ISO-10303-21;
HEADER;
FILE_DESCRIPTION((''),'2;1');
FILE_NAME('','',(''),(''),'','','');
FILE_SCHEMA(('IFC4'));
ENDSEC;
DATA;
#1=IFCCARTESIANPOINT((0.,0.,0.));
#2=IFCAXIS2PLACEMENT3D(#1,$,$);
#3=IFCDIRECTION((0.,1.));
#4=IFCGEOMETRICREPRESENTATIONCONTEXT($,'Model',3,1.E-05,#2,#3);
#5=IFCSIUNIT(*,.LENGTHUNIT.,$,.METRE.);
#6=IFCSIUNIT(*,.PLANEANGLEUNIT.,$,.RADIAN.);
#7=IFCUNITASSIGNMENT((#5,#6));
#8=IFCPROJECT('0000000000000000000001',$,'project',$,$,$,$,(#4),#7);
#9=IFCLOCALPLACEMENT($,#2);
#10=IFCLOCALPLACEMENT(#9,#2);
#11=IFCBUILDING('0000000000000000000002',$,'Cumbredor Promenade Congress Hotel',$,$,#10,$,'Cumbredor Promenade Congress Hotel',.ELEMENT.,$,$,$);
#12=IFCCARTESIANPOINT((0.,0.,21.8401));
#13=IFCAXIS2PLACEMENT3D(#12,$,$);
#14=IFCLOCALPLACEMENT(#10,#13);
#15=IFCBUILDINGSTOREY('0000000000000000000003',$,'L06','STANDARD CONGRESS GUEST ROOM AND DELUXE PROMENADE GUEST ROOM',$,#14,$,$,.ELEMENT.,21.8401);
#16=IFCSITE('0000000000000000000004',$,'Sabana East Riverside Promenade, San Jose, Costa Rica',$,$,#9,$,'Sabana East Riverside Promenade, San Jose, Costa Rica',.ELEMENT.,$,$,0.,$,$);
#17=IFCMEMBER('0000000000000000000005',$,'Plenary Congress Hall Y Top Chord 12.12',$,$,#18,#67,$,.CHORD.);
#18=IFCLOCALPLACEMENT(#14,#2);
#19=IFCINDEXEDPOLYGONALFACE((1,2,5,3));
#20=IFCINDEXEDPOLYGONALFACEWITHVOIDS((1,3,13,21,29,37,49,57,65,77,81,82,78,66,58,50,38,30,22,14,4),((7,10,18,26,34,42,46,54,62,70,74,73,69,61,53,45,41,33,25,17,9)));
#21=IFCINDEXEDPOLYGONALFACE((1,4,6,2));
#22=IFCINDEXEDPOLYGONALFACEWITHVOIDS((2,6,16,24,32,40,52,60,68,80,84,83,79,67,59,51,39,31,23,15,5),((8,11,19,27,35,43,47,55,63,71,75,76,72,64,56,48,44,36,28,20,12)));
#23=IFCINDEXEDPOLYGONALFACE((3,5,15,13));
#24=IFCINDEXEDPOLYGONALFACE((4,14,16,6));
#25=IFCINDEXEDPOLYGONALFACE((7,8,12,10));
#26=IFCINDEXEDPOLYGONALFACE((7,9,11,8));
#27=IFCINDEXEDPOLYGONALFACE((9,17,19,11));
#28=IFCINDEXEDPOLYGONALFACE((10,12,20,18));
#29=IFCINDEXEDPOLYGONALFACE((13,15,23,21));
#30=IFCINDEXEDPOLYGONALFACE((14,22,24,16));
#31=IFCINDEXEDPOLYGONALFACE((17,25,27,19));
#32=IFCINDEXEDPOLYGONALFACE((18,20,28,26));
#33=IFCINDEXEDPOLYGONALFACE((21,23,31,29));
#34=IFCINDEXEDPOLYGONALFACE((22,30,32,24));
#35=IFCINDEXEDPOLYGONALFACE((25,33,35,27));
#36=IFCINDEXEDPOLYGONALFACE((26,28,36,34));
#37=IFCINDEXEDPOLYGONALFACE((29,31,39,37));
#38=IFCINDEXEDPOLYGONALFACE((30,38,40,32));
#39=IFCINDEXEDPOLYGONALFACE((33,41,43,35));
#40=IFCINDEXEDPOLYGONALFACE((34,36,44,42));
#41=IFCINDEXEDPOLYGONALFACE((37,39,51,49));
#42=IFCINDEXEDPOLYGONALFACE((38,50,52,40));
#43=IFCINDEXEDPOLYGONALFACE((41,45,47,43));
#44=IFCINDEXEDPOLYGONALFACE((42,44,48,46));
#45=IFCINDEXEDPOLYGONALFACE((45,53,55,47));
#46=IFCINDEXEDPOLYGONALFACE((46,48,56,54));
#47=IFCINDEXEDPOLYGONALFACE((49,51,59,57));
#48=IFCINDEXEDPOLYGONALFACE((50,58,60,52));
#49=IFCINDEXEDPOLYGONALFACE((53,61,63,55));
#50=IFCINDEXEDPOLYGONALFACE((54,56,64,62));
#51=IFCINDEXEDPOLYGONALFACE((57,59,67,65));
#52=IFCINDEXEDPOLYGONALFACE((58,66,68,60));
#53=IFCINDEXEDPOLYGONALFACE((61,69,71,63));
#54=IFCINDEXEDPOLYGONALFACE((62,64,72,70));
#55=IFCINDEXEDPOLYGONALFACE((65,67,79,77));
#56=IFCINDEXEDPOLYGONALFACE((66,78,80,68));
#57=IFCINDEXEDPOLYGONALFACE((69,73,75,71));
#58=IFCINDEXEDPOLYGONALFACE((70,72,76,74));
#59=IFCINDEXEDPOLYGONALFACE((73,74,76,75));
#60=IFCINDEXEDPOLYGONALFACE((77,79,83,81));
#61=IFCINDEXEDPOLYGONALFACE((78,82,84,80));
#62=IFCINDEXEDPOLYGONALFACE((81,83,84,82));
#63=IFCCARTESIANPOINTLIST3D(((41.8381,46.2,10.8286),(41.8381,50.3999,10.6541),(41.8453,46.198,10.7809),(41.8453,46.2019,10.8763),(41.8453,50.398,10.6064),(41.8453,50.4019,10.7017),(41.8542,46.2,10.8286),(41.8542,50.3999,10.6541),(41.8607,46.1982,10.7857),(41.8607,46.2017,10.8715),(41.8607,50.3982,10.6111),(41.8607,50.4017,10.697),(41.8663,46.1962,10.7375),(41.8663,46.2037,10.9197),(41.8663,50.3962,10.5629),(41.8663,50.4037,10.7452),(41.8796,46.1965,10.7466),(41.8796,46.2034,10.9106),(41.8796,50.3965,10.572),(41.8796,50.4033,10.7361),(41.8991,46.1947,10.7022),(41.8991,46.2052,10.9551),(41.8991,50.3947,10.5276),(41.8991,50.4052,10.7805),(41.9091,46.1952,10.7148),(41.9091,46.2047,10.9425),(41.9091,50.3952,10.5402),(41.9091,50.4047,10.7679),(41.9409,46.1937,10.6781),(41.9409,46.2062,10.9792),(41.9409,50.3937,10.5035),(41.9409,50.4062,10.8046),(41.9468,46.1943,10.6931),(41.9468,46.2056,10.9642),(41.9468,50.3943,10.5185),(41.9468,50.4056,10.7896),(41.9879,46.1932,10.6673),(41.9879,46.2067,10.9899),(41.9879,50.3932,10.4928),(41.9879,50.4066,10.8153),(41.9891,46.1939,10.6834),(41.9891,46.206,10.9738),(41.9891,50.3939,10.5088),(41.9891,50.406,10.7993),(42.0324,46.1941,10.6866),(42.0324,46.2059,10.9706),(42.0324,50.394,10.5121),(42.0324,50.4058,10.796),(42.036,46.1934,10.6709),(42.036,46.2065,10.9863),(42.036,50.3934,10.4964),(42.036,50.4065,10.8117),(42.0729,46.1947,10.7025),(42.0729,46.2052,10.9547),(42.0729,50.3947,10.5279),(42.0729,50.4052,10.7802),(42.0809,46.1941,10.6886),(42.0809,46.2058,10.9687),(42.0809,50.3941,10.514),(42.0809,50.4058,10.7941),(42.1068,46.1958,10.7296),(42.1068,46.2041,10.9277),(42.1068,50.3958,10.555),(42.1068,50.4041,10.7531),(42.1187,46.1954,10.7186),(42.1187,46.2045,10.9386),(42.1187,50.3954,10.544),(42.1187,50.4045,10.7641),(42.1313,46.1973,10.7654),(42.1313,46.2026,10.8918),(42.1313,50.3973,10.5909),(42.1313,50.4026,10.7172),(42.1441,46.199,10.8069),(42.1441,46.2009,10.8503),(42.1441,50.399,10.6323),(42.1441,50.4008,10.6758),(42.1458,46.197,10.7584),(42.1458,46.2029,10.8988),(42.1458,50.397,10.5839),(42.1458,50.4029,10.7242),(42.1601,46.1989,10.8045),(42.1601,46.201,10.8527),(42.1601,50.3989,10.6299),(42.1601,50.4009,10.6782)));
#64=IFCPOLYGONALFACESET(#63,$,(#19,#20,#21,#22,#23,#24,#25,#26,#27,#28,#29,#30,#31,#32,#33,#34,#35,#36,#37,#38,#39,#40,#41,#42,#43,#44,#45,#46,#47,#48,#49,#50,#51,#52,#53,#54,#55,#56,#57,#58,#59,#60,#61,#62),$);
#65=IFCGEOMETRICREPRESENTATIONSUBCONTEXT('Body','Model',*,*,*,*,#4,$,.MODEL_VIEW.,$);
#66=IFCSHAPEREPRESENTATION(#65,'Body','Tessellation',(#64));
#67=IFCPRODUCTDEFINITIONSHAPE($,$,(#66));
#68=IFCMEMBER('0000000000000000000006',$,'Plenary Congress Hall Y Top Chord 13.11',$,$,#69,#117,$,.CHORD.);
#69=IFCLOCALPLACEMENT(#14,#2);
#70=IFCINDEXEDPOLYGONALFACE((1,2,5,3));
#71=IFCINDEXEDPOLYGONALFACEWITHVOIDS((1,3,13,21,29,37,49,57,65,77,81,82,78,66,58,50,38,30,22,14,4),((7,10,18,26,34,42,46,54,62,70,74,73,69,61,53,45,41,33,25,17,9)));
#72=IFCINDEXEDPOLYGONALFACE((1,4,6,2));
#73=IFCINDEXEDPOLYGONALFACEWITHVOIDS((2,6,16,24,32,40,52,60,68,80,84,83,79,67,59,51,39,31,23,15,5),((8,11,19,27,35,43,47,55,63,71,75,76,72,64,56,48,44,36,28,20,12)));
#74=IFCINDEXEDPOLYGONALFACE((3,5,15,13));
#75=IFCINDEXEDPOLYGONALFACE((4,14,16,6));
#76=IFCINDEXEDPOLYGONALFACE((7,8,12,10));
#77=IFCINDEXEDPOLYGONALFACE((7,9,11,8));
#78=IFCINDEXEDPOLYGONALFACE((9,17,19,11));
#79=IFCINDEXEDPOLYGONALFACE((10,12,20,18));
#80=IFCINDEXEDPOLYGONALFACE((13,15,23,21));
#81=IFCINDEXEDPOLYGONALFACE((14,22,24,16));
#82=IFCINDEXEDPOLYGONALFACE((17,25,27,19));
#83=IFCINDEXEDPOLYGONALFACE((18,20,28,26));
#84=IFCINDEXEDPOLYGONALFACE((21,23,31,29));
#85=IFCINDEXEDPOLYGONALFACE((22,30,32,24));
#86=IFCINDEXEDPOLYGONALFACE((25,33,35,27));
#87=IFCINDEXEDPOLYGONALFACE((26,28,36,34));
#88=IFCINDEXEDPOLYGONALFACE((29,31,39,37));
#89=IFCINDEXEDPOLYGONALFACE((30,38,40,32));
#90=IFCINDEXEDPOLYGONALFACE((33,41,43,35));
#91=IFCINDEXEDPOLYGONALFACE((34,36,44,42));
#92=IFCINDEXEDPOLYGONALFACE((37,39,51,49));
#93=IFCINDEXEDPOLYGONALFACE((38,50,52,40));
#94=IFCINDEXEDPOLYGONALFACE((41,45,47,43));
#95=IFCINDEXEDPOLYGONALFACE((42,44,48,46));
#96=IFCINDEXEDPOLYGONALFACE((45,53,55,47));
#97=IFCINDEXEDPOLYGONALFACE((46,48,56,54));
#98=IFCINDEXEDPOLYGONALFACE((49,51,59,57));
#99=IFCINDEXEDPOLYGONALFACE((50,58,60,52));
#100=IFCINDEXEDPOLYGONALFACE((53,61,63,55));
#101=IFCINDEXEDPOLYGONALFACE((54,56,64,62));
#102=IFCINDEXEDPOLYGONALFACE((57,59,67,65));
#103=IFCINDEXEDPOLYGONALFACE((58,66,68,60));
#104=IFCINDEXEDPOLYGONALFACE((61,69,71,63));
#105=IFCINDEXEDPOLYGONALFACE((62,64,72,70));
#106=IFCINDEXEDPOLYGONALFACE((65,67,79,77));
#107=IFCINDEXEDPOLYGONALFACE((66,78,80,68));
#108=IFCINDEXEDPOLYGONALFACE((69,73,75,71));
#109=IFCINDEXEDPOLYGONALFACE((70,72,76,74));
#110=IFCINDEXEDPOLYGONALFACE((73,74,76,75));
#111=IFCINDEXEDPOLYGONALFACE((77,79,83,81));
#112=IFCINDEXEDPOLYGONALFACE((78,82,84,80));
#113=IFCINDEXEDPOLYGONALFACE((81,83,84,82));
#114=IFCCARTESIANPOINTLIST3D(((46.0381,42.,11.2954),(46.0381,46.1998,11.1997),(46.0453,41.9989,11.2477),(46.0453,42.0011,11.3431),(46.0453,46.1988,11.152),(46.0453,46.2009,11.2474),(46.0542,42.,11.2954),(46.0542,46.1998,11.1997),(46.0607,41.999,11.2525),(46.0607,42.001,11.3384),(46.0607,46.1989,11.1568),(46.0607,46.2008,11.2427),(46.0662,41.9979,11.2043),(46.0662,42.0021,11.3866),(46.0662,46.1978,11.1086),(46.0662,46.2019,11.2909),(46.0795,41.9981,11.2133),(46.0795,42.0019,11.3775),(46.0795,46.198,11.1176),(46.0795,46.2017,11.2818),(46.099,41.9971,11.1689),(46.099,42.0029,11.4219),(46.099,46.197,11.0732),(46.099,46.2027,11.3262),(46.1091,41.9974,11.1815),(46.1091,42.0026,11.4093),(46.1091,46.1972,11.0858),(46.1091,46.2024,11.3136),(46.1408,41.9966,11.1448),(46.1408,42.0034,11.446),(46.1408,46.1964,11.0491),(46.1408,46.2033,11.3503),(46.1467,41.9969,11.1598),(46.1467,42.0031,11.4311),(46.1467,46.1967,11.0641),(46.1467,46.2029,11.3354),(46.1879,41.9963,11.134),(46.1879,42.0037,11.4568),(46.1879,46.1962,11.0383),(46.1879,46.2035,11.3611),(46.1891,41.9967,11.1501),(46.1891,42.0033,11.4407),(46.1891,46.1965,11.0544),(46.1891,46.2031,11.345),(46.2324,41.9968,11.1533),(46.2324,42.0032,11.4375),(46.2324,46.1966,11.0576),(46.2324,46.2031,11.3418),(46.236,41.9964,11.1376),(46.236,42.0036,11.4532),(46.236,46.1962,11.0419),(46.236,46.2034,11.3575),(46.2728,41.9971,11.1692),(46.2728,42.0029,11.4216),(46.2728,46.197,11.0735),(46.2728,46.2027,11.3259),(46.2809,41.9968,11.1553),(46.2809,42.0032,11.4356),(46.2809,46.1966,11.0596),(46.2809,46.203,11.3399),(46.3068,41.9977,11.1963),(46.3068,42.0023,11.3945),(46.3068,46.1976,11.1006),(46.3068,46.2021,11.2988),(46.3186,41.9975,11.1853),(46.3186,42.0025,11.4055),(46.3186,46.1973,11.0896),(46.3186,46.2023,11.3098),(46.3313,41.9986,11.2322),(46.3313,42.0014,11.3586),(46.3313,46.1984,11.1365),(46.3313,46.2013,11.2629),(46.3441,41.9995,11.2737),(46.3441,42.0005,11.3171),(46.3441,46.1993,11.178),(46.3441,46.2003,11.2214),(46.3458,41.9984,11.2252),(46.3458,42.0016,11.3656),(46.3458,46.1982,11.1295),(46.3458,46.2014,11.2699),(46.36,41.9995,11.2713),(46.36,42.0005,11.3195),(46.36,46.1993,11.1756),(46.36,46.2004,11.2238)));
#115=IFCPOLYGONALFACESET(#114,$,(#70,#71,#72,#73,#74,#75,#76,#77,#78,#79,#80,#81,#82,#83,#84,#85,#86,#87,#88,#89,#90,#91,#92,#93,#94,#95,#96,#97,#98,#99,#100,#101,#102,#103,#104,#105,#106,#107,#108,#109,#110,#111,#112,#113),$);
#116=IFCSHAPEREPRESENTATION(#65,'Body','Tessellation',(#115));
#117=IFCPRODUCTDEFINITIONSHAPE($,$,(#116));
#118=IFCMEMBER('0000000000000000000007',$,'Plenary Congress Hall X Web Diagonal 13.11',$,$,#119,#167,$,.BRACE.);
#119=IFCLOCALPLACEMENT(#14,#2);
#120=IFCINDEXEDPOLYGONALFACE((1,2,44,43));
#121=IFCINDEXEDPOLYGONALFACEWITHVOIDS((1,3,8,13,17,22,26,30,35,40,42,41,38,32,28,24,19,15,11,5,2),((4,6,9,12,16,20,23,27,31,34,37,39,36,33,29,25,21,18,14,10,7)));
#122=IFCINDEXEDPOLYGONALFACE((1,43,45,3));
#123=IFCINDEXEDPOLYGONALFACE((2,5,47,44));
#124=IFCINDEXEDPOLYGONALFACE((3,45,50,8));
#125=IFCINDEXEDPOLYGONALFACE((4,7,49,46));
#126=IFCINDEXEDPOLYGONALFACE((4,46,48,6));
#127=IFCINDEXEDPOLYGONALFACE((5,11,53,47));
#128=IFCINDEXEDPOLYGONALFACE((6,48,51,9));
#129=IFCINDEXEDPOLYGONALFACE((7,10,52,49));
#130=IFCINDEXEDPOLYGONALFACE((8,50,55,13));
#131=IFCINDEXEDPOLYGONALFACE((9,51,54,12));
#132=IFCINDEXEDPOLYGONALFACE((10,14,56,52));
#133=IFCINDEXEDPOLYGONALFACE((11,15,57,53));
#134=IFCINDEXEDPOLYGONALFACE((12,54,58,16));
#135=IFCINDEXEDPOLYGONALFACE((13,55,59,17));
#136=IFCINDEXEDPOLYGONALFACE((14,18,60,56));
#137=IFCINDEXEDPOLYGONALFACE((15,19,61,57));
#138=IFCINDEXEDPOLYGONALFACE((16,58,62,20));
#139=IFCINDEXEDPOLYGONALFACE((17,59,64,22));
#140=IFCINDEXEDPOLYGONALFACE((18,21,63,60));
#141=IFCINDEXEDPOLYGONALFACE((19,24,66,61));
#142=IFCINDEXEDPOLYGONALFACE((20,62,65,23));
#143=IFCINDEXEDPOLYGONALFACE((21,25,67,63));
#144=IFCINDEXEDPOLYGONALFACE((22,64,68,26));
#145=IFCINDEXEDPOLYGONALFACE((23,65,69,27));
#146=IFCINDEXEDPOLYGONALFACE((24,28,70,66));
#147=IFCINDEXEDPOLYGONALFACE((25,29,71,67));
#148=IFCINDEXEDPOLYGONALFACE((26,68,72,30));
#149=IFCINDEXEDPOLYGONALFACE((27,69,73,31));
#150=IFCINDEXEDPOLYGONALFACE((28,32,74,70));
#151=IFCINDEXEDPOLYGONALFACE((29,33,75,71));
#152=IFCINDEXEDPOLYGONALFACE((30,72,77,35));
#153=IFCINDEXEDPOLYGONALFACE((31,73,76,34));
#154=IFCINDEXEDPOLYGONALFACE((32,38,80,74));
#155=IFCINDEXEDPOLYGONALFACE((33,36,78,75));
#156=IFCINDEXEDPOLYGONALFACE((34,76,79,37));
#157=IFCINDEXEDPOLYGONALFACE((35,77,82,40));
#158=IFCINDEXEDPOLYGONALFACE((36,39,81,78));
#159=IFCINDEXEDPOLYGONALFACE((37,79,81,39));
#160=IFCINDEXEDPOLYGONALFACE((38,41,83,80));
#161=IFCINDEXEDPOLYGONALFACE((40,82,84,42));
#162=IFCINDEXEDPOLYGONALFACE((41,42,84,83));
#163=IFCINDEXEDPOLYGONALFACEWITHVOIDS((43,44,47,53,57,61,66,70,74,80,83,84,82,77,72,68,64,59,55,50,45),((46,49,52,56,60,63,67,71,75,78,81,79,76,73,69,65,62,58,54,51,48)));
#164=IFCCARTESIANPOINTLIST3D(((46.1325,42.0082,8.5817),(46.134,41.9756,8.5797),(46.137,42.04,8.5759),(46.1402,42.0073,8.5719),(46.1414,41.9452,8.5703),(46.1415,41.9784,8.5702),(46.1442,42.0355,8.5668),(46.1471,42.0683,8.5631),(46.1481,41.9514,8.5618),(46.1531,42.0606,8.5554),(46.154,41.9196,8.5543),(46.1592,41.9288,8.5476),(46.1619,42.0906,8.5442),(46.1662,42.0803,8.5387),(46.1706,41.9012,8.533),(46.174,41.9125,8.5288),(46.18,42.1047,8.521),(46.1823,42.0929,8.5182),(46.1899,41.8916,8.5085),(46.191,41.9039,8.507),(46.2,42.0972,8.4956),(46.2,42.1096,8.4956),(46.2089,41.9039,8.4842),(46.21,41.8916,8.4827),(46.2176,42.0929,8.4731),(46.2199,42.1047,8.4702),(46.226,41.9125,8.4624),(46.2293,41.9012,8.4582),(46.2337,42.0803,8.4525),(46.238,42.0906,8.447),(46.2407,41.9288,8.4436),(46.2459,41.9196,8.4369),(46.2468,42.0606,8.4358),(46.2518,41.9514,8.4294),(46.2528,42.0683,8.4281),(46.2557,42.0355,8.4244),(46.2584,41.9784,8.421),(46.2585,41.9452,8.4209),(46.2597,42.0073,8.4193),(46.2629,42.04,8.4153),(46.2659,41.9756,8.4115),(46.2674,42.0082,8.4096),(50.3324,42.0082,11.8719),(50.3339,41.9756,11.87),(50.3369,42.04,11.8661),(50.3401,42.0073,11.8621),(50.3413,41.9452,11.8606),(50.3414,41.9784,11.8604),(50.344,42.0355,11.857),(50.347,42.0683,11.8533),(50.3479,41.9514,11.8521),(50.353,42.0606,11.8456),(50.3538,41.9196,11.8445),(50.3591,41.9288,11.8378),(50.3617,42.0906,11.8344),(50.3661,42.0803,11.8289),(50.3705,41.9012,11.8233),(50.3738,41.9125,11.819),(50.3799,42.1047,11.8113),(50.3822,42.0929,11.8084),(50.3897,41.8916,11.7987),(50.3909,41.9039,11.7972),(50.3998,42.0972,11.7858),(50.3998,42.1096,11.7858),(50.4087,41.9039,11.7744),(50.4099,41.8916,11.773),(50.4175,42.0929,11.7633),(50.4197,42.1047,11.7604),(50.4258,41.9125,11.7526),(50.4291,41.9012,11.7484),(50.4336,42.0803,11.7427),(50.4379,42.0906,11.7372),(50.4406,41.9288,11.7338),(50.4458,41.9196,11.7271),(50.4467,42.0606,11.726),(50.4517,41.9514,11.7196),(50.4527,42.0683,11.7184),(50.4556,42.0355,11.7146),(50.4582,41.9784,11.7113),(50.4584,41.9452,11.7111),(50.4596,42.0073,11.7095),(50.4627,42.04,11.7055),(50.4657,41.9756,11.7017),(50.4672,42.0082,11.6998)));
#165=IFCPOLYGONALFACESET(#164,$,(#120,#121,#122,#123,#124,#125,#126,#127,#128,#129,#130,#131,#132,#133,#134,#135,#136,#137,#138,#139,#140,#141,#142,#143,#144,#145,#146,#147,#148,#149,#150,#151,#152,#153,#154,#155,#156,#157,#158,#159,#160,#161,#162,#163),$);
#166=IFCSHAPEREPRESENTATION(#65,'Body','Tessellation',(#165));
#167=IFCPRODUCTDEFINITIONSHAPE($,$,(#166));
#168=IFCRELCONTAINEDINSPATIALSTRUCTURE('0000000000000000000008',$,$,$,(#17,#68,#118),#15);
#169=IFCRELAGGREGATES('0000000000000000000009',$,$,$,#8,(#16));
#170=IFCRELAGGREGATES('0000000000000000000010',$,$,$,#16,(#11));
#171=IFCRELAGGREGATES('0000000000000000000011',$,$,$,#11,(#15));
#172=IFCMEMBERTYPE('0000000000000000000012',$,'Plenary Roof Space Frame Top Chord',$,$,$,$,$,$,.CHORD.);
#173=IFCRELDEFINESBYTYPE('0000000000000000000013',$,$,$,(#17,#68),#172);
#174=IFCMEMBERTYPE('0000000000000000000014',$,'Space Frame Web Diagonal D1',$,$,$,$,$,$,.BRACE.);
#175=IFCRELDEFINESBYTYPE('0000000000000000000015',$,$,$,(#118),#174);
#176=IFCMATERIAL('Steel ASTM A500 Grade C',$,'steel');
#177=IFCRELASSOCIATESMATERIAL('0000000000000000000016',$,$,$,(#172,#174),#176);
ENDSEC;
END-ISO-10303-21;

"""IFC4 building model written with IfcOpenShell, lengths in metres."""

from ifc_helpers import new_model, si_unit, direction, frame, origin, origin_2d, place, context, subcontext, project, spatial, hollow_circle, extrude, material, material_profile, profile_set, type_object, element, save


model = new_model("IFC4")

# Units and contexts
model_context = context("Model", 3, precision=1e-05, world=origin(), true_north=direction((0.0, 1.0)))
body_context = subcontext(model_context, "Body", "Model", "MODEL_VIEW")
ifc_project = project(units=[si_unit("LENGTHUNIT", "METRE"), si_unit("PLANEANGLEUNIT", "RADIAN")], contexts=[model_context])

# Site, building, storey
site_placement = place(None, origin())
site = spatial("IfcSite", under=ifc_project, at=site_placement, Name="Sabana East Riverside Promenade, San Jose, Costa Rica", LongName="Sabana East Riverside Promenade, San Jose, Costa Rica", CompositionType="ELEMENT", RefElevation=0.0)
building_placement = place(site_placement, origin())
building = spatial("IfcBuilding", under=site, at=building_placement, Name="Cumbredor Promenade Congress Hotel", LongName="Cumbredor Promenade Congress Hotel", CompositionType="ELEMENT")
storey_placement = place(building_placement, frame((0.0, 0.0, 21.8401)))
storey = spatial("IfcBuildingStorey", under=building, at=storey_placement, Name="L06", Description="STANDARD CONGRESS GUEST ROOM AND DELUXE PROMENADE GUEST ROOM", CompositionType="ELEMENT", Elevation=21.8401)

# Members
ifc_material_1 = material(Name="Steel ASTM A500 Grade C", Category="steel")
ifc_material_profile_1 = material_profile(ifc_material_1, hollow_circle(Radius=0.1619, WallThickness=0.0161, at=origin_2d()), Name="CHS 323.9x16")
ifc_profile_set_1 = profile_set([ifc_material_profile_1], Name="Steel ASTM A500 Grade C")
member_type_1 = type_object("IfcMemberType", Name="Plenary Roof Space Frame Top Chord", PredefinedType="CHORD", material=ifc_profile_set_1)
member_1_placement = place(storey_placement, frame((42.0, 46.2, 10.8286), z_axis=(0.0, 0.999137, -0.041527), x_axis=(-1.0, 0.0, 0.0)))
element("IfcMember", 1, at=member_1_placement, inside=storey, type_object=member_type_1, Name="Plenary Congress Hall Y Top Chord 12.12", PredefinedType="CHORD", context=body_context, shape_type="SweptSolid", body=[
    extrude(hollow_circle(Radius=0.1619, WallThickness=0.0161, at=origin_2d()), origin(), (0.0, 0.0, 1.0), 4.2036),
])
member_2_placement = place(storey_placement, frame((46.2, 42.0, 11.2954), z_axis=(0.0, 0.99974, -0.022781), x_axis=(-1.0, 0.0, 0.0)))
element("IfcMember", 2, at=member_2_placement, inside=storey, type_object=member_type_1, Name="Plenary Congress Hall Y Top Chord 13.11", PredefinedType="CHORD", context=body_context, shape_type="SweptSolid", body=[
    extrude(hollow_circle(Radius=0.1619, WallThickness=0.0161, at=origin_2d()), origin(), (0.0, 0.0, 1.0), 4.2009),
])
ifc_material_profile_2 = material_profile(ifc_material_1, hollow_circle(Radius=0.1096, WallThickness=0.0125, at=origin_2d()), Name="CHS 219.1x12.5")
ifc_profile_set_2 = profile_set([ifc_material_profile_2], Name="Steel ASTM A500 Grade C")
member_type_2 = type_object("IfcMemberType", Name="Space Frame Web Diagonal D1", PredefinedType="BRACE", material=ifc_profile_set_2)
member_3_placement = place(storey_placement, frame((46.2, 42.0, 8.4956), z_axis=(0.787199, 0.0, 0.616699), x_axis=(0.0, 1.0, 0.0)))
element("IfcMember", 3, at=member_3_placement, inside=storey, type_object=member_type_2, Name="Plenary Congress Hall X Web Diagonal 13.11", PredefinedType="BRACE", context=body_context, shape_type="SweptSolid", body=[
    extrude(hollow_circle(Radius=0.1096, WallThickness=0.0125, at=origin_2d()), origin(), (0.0, 0.0, 1.0), 5.3352),
])

save(model, "model.ifc")
